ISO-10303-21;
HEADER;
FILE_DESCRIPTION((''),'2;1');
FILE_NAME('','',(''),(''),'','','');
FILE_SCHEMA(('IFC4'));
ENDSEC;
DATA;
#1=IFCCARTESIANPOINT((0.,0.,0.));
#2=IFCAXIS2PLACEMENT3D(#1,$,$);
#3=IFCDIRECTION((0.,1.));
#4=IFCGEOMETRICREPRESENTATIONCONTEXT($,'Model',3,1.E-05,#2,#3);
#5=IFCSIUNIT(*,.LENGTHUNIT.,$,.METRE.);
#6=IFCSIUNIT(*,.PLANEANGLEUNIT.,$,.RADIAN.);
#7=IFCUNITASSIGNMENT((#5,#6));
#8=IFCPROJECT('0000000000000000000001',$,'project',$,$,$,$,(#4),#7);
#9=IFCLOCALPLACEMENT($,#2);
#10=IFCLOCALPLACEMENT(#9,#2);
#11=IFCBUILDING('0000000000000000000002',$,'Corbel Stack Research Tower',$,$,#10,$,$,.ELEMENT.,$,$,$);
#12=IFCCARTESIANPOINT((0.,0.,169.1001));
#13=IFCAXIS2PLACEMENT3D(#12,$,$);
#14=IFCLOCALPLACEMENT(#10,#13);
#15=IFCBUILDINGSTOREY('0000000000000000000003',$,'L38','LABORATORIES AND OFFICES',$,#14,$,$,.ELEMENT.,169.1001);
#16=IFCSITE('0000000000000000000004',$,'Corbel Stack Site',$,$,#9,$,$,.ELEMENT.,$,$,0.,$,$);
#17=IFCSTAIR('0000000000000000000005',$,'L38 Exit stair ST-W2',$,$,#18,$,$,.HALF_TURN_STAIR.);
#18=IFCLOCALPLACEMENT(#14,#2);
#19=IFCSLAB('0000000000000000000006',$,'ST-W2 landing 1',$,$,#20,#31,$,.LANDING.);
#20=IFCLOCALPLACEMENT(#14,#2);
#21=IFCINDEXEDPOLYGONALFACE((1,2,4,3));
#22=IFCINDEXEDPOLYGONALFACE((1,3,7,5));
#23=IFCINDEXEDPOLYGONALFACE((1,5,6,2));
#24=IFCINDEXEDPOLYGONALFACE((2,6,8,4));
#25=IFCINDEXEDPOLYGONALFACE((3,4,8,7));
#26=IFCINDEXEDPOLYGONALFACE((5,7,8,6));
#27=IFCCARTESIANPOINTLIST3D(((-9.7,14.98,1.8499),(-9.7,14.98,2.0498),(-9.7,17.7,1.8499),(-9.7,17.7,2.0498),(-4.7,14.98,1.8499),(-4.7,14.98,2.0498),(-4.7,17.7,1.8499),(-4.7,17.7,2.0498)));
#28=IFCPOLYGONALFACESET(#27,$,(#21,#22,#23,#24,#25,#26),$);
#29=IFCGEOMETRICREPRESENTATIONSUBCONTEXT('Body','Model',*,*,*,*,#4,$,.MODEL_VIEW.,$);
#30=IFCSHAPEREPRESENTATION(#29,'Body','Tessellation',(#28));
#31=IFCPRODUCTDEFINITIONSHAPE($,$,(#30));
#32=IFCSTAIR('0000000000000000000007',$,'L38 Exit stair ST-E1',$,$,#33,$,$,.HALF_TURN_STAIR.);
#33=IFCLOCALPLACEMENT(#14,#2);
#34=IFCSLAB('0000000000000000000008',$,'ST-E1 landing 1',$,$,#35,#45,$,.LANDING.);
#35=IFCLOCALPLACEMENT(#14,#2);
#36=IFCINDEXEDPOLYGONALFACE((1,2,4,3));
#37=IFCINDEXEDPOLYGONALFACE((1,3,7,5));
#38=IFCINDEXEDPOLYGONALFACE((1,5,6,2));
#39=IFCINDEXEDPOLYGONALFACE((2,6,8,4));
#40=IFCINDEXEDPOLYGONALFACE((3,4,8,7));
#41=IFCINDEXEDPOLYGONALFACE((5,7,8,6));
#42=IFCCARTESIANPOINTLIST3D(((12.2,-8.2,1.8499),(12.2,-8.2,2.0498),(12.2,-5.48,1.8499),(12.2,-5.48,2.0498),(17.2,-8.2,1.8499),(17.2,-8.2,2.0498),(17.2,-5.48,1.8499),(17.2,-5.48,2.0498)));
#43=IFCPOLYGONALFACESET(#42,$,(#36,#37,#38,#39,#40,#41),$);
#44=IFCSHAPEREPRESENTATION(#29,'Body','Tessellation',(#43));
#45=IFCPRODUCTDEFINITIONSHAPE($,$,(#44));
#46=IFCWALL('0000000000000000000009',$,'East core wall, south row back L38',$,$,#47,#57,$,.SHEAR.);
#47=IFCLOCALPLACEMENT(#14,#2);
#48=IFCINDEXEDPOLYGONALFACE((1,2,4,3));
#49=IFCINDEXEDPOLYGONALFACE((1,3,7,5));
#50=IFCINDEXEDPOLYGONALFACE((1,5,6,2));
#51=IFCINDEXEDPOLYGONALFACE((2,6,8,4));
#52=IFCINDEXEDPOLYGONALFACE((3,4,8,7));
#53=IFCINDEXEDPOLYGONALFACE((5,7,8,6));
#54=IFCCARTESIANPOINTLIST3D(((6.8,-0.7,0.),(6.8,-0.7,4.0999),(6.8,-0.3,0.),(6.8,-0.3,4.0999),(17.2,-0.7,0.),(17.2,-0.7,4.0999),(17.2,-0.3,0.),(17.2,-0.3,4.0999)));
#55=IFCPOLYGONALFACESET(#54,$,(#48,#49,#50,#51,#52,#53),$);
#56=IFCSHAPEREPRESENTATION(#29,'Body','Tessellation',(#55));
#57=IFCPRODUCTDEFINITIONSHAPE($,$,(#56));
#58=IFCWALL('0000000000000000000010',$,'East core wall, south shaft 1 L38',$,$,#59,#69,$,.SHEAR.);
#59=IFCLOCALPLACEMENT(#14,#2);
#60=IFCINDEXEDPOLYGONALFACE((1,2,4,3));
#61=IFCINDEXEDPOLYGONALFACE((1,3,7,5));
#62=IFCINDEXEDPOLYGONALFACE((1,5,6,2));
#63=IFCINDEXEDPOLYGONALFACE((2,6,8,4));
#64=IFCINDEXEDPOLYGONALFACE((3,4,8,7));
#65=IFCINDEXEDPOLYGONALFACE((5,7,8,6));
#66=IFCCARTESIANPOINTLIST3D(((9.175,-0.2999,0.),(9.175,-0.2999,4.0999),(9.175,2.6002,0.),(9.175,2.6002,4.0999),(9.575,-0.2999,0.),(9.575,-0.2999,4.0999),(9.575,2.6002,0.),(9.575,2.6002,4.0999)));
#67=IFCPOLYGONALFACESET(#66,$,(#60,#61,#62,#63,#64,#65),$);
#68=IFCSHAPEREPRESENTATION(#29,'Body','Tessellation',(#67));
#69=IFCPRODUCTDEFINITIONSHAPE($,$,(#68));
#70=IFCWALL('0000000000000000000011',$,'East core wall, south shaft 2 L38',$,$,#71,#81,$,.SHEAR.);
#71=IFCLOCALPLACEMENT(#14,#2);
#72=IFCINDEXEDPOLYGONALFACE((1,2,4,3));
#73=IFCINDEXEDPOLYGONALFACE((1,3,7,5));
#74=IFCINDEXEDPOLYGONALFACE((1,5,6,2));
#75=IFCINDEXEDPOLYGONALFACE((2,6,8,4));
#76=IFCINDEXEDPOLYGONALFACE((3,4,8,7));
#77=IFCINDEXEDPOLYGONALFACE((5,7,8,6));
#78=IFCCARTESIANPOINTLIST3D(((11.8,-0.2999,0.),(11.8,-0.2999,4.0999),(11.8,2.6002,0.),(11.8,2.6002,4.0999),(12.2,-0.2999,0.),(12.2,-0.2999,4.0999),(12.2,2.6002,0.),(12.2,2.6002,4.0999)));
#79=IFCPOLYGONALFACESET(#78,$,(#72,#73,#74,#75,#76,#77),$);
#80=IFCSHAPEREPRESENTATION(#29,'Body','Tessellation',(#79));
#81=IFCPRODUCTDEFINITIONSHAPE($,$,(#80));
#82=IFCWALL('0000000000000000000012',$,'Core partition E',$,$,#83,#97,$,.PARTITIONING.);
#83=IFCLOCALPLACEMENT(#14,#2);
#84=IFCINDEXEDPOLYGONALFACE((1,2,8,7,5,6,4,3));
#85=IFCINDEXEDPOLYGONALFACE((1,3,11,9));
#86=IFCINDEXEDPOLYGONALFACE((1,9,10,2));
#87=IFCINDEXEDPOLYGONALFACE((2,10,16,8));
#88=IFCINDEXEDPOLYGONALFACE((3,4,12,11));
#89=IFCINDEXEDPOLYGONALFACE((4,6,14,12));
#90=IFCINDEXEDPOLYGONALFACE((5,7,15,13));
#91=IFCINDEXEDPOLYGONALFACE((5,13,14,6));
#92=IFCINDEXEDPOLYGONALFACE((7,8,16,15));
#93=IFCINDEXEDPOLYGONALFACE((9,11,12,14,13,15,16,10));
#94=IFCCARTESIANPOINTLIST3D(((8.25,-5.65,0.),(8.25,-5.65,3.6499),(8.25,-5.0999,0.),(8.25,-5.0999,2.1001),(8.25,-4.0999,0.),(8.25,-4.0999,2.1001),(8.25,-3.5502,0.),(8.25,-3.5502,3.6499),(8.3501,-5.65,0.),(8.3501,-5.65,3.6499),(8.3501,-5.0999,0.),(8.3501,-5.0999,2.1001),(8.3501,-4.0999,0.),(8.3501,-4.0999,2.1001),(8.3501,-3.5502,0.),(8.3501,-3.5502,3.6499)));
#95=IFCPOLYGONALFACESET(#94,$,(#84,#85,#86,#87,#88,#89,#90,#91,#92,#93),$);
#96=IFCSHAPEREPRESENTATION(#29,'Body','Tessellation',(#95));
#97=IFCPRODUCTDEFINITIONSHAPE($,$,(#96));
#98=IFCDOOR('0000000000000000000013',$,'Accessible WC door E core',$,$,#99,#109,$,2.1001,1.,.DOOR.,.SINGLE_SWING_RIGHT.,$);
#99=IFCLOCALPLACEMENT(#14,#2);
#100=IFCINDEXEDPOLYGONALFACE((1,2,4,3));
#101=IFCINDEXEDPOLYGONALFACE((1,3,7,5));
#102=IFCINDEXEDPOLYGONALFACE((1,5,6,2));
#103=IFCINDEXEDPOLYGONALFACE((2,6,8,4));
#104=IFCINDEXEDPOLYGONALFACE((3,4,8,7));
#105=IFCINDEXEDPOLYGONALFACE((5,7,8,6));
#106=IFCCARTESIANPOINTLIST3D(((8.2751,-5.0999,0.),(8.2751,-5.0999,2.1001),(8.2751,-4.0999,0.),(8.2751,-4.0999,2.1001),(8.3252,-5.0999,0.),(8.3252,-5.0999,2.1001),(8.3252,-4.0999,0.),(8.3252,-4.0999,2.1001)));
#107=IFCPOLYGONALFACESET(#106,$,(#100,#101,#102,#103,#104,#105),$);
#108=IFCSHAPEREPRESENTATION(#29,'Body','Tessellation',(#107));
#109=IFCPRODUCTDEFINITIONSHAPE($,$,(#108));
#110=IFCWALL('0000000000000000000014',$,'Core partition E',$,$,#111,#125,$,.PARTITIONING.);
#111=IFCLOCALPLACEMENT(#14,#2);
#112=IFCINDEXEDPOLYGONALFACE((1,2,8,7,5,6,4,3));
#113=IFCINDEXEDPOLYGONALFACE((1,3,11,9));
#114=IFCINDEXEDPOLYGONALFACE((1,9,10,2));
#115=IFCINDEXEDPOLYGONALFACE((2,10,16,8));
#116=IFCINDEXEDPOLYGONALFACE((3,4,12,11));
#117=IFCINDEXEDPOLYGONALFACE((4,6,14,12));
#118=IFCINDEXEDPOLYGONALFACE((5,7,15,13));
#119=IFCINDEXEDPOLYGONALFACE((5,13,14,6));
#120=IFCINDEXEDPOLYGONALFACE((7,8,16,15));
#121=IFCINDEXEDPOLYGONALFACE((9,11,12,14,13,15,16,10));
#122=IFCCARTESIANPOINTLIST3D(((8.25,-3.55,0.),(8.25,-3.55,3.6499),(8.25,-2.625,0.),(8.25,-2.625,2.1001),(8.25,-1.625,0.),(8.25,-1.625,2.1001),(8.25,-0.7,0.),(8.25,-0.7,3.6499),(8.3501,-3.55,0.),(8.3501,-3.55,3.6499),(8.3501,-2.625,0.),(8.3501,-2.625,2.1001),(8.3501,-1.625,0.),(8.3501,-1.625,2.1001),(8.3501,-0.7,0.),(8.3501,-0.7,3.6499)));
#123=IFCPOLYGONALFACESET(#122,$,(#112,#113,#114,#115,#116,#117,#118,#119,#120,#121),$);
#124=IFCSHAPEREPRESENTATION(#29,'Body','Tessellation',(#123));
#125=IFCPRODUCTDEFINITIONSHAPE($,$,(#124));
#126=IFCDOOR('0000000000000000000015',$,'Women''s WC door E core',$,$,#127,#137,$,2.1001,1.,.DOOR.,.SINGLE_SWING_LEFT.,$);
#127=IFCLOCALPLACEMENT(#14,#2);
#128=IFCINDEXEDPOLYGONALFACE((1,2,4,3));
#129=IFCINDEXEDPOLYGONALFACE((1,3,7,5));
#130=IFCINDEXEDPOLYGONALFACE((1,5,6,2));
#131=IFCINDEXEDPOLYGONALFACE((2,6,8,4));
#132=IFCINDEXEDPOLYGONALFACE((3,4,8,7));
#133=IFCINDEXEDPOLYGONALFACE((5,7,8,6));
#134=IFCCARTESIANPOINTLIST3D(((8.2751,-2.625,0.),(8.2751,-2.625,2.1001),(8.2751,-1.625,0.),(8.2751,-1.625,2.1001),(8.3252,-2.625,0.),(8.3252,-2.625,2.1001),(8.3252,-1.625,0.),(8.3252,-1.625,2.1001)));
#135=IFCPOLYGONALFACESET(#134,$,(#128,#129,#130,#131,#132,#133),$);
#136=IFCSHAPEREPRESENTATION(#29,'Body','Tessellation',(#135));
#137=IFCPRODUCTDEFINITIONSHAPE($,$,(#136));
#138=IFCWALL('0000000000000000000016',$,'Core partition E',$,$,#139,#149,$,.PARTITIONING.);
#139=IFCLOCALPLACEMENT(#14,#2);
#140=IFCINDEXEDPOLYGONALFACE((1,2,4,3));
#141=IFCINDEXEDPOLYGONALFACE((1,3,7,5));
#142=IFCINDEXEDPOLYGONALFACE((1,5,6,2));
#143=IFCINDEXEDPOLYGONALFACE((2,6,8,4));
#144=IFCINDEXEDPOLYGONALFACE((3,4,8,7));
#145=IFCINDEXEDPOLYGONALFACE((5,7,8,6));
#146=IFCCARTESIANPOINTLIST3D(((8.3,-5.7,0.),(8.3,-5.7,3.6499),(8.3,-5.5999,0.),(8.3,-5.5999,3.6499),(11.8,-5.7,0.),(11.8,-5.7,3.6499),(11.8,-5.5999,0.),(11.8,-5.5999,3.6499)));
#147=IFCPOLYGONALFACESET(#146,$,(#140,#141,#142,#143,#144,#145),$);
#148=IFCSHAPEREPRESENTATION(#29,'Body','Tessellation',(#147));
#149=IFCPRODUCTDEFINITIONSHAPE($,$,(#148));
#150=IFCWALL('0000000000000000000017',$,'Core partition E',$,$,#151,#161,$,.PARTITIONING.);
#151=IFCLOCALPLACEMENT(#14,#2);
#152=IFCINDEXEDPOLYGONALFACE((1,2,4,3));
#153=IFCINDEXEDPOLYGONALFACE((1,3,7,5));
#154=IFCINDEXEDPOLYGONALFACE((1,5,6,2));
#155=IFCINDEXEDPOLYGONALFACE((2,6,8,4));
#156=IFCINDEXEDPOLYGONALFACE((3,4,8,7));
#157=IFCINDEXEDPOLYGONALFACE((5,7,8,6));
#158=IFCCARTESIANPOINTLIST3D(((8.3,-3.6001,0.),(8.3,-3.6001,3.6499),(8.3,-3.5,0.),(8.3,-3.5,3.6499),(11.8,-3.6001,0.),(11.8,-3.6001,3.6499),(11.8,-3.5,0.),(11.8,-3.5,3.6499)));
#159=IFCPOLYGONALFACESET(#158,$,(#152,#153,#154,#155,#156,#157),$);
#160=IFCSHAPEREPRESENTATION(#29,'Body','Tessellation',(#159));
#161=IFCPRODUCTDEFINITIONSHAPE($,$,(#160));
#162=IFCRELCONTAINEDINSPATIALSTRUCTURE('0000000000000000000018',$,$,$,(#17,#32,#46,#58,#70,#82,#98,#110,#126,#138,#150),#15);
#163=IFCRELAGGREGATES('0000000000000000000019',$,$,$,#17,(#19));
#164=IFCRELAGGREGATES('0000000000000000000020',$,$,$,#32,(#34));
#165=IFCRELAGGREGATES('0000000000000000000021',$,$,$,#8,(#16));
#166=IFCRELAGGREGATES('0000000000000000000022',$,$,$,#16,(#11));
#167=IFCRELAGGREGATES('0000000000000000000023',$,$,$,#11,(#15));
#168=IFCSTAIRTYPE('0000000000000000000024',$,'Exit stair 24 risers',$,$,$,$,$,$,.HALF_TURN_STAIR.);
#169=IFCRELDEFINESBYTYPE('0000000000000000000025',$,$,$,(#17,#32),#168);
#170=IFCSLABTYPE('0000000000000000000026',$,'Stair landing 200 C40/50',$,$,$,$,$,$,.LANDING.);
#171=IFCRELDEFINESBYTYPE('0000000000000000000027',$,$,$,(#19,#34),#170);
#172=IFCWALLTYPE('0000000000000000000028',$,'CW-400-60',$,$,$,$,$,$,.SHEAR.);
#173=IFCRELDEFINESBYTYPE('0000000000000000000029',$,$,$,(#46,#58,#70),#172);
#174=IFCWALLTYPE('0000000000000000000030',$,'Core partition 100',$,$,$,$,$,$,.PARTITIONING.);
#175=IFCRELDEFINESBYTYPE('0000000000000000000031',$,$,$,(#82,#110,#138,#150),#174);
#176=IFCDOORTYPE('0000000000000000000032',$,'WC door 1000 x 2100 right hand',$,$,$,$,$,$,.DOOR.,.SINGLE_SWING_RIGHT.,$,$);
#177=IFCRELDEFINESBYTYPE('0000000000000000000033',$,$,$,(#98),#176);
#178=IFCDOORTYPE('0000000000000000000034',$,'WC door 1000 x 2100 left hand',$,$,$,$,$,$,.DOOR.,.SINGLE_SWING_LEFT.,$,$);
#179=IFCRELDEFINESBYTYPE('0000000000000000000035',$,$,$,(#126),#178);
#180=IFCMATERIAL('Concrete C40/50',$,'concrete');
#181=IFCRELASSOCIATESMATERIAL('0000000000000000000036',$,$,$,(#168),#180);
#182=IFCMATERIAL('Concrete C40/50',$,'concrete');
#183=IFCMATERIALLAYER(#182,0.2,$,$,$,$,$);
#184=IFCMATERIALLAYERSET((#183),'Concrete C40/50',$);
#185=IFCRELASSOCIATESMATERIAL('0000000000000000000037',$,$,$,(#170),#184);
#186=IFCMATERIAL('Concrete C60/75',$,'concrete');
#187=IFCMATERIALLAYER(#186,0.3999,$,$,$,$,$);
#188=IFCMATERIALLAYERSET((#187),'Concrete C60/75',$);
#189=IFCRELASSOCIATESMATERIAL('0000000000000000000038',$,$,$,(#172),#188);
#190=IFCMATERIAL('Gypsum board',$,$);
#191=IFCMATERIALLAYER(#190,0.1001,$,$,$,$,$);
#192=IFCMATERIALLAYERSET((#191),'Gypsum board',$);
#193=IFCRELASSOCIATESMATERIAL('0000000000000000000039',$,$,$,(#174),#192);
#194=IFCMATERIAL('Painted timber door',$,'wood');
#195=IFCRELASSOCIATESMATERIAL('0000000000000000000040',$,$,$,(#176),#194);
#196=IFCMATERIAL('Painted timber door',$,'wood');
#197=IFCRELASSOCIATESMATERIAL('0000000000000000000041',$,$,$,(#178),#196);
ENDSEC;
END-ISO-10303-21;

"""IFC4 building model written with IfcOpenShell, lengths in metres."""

from ifc_helpers import new_model, si_unit, direction, frame, frame_2d, origin, place, context, subcontext, project, spatial, polyline, rectangle, outline, extrude, material, layer, layer_set, type_object, element, fill, aggregate, save


model = new_model("IFC4")

# Units and contexts
model_context = context("Model", 3, precision=1e-05, world=origin(), true_north=direction((0.0, 1.0)))
body_context = subcontext(model_context, "Body", "Model", "MODEL_VIEW")
ifc_project = project(units=[si_unit("LENGTHUNIT", "METRE"), si_unit("PLANEANGLEUNIT", "RADIAN")], contexts=[model_context])

# Site, building, storey
site_placement = place(None, origin())
site = spatial("IfcSite", under=ifc_project, at=site_placement, Name="Corbel Stack Site", CompositionType="ELEMENT", RefElevation=0.0)
building_placement = place(site_placement, origin())
building = spatial("IfcBuilding", under=site, at=building_placement, Name="Corbel Stack Research Tower", CompositionType="ELEMENT")
storey_placement = place(building_placement, frame((0.0, 0.0, 169.1001)))
storey = spatial("IfcBuildingStorey", under=building, at=storey_placement, Name="L38", Description="LABORATORIES AND OFFICES", CompositionType="ELEMENT", Elevation=169.1001)

# Stairs, slabs
ifc_material_1 = material(Name="Concrete C40/50", Category="concrete")
stair_type = type_object("IfcStairType", Name="Exit stair 24 risers", PredefinedType="HALF_TURN_STAIR", material=ifc_material_1)
ifc_material_2 = material(Name="Concrete C40/50", Category="concrete")
ifc_layer_1 = layer(ifc_material_2, 0.2)
ifc_layer_set_1 = layer_set([ifc_layer_1], Name="Concrete C40/50")
slab_type_1 = type_object("IfcSlabType", Name="Stair landing 200 C40/50", PredefinedType="LANDING", material=ifc_layer_set_1)
stair_1_placement = place(storey_placement, origin())
stair_1 = element("IfcStair", 1, at=stair_1_placement, inside=storey, type_object=stair_type, Name="L38 Exit stair ST-W2", PredefinedType="HALF_TURN_STAIR")
slab_1_placement = place(storey_placement, frame((0.0, 0.0, 1.8499)))
slab_1 = element("IfcSlab", 2, at=slab_1_placement, type_object=slab_type_1, Name="ST-W2 landing 1", PredefinedType="LANDING", context=body_context, shape_type="SweptSolid", body=[
    extrude(outline(polyline([(-9.7, 14.98), (-9.7, 17.7), (-4.7, 17.7), (-4.7, 14.98), (-9.7, 14.98)])), origin(), (0.0, 0.0, 1.0), 0.2),
])
aggregate(stair_1, [slab_1])
stair_2_placement = place(storey_placement, origin())
stair_2 = element("IfcStair", 3, at=stair_2_placement, inside=storey, type_object=stair_type, Name="L38 Exit stair ST-E1", PredefinedType="HALF_TURN_STAIR")
slab_2_placement = place(storey_placement, frame((0.0, 0.0, 1.8499)))
slab_2 = element("IfcSlab", 4, at=slab_2_placement, type_object=slab_type_1, Name="ST-E1 landing 1", PredefinedType="LANDING", context=body_context, shape_type="SweptSolid", body=[
    extrude(outline(polyline([(12.2, -8.2), (12.2, -5.48), (17.2, -5.48), (17.2, -8.2), (12.2, -8.2)])), origin(), (0.0, 0.0, 1.0), 0.2),
])

# Walls
ifc_material_3 = material(Name="Concrete C60/75", Category="concrete")
ifc_layer_2 = layer(ifc_material_3, 0.3999)
ifc_layer_set_2 = layer_set([ifc_layer_2], Name="Concrete C60/75")
wall_type_1 = type_object("IfcWallType", Name="CW-400-60", PredefinedType="SHEAR", material=ifc_layer_set_2)
wall_1_placement = place(storey_placement, frame((6.8, -0.5, 0.0), z_axis=(0.0, 0.0, 1.0), x_axis=(1.0, 0.0, 0.0)))
element("IfcWall", 5, at=wall_1_placement, inside=storey, type_object=wall_type_1, Name="East core wall, south row back L38", PredefinedType="SHEAR", context=body_context, shape_type="SweptSolid", body=[
    extrude(rectangle(XDim=10.3999, YDim=0.3999, at=frame_2d((5.2, 0.0))), origin(), (0.0, 0.0, 1.0), 4.0999),
])
for number, where, z_axis, x_axis, name in (
    (6, (9.375, -0.3, 0.0), (0.0, 0.0, 1.0), (0.0, 1.0, 0.0), "East core wall, south shaft 1 L38"),
    (7, (12.0, -0.3, 0.0), (0.0, 0.0, 1.0), (0.0, 1.0, 0.0), "East core wall, south shaft 2 L38"),
):
    element("IfcWall", number, at=place(storey_placement, frame(where, z_axis=z_axis, x_axis=x_axis)), inside=storey, type_object=wall_type_1, Name=name, PredefinedType="SHEAR", context=body_context, shape_type="SweptSolid", body=[
        extrude(rectangle(XDim=2.9001, YDim=0.3999, at=frame_2d((1.4502, 0.0))), origin(), (0.0, 0.0, 1.0), 4.0999),
    ])

# Walls, openings, doors
ifc_material_4 = material(Name="Gypsum board")
ifc_layer_3 = layer(ifc_material_4, 0.1001)
ifc_layer_set_3 = layer_set([ifc_layer_3], Name="Gypsum board")
wall_type_2 = type_object("IfcWallType", Name="Core partition 100", PredefinedType="PARTITIONING", material=ifc_layer_set_3)
wall_2_placement = place(storey_placement, frame((8.3, -5.6499, 0.0), z_axis=(0.0, 0.0, 1.0), x_axis=(0.0, 1.0, 0.0)))
wall_2 = element("IfcWall", 8, at=wall_2_placement, inside=storey, type_object=wall_type_2, Name="Core partition E", PredefinedType="PARTITIONING", context=body_context, shape_type="SweptSolid", body=[
    extrude(rectangle(XDim=2.0999, YDim=0.1001, at=frame_2d((1.0498, 0.0))), origin(), (0.0, 0.0, 1.0), 3.6499),
])
opening_1_placement = place(wall_2_placement, frame((0.55, 0.0, 0.0)))
opening_1 = element("IfcOpeningElement", 9, at=opening_1_placement, cuts=wall_2, PredefinedType="OPENING", context=body_context, shape_type="SweptSolid", body=[
    extrude(rectangle(XDim=1.0, YDim=2.1001, at=frame_2d((0.5, 1.05))), frame((0.0, 0.0601, 0.0), z_axis=(0.0, -1.0, 0.0), x_axis=(1.0, 0.0, 0.0)), (0.0, 0.0, 1.0), 0.1201),
])
ifc_material_5 = material(Name="Painted timber door", Category="wood")
door_type_1 = type_object("IfcDoorType", Name="WC door 1000 x 2100 right hand", OperationType="SINGLE_SWING_RIGHT", PredefinedType="DOOR", material=ifc_material_5)
door_1_placement = place(opening_1_placement, origin())
door_1 = element("IfcDoor", 10, at=door_1_placement, inside=storey, type_object=door_type_1, Name="Accessible WC door E core", OperationType="SINGLE_SWING_RIGHT", OverallHeight=2.1001, OverallWidth=1.0, PredefinedType="DOOR", context=body_context, shape_type="SweptSolid", body=[
    extrude(rectangle(XDim=1.0, YDim=2.1001, at=frame_2d((0.5, 1.05))), frame((0.0, 0.0249, 0.0), z_axis=(0.0, -1.0, 0.0), x_axis=(1.0, 0.0, 0.0)), (0.0, 0.0, 1.0), 0.05),
])
fill(opening_1, door_1)
wall_3_placement = place(storey_placement, frame((8.3, -3.55, 0.0), z_axis=(0.0, 0.0, 1.0), x_axis=(0.0, 1.0, 0.0)))
wall_3 = element("IfcWall", 11, at=wall_3_placement, inside=storey, type_object=wall_type_2, Name="Core partition E", PredefinedType="PARTITIONING", context=body_context, shape_type="SweptSolid", body=[
    extrude(rectangle(XDim=2.8501, YDim=0.1001, at=frame_2d((1.425, 0.0))), origin(), (0.0, 0.0, 1.0), 3.6499),
])
opening_2_placement = place(wall_3_placement, frame((0.925, 0.0, 0.0)))
opening_2 = element("IfcOpeningElement", 12, at=opening_2_placement, cuts=wall_3, PredefinedType="OPENING", context=body_context, shape_type="SweptSolid", body=[
    extrude(rectangle(XDim=1.0, YDim=2.1001, at=frame_2d((0.5, 1.05))), frame((0.0, 0.0601, 0.0), z_axis=(0.0, -1.0, 0.0), x_axis=(1.0, 0.0, 0.0)), (0.0, 0.0, 1.0), 0.1201),
])
ifc_material_6 = material(Name="Painted timber door", Category="wood")
door_type_2 = type_object("IfcDoorType", Name="WC door 1000 x 2100 left hand", OperationType="SINGLE_SWING_LEFT", PredefinedType="DOOR", material=ifc_material_6)
door_2_placement = place(opening_2_placement, origin())
door_2 = element("IfcDoor", 13, at=door_2_placement, inside=storey, type_object=door_type_2, Name="Women's WC door E core", OperationType="SINGLE_SWING_LEFT", OverallHeight=2.1001, OverallWidth=1.0, PredefinedType="DOOR", context=body_context, shape_type="SweptSolid", body=[
    extrude(rectangle(XDim=1.0, YDim=2.1001, at=frame_2d((0.5, 1.05))), frame((0.0, 0.0249, 0.0), z_axis=(0.0, -1.0, 0.0), x_axis=(1.0, 0.0, 0.0)), (0.0, 0.0, 1.0), 0.05),
])
fill(opening_2, door_2)

# Walls
for number, where, z_axis, x_axis, name in (
    (14, (8.3, -5.6499, 0.0), (0.0, 0.0, 1.0), (1.0, 0.0, 0.0), "Core partition E"),
    (15, (8.3, -3.55, 0.0), (0.0, 0.0, 1.0), (1.0, 0.0, 0.0), "Core partition E"),
):
    element("IfcWall", number, at=place(storey_placement, frame(where, z_axis=z_axis, x_axis=x_axis)), inside=storey, type_object=wall_type_2, Name=name, PredefinedType="PARTITIONING", context=body_context, shape_type="SweptSolid", body=[
        extrude(rectangle(XDim=3.5, YDim=0.1001, at=frame_2d((1.75, 0.0))), origin(), (0.0, 0.0, 1.0), 3.6499),
    ])

aggregate(stair_2, [slab_2])

save(model, "model.ifc")
